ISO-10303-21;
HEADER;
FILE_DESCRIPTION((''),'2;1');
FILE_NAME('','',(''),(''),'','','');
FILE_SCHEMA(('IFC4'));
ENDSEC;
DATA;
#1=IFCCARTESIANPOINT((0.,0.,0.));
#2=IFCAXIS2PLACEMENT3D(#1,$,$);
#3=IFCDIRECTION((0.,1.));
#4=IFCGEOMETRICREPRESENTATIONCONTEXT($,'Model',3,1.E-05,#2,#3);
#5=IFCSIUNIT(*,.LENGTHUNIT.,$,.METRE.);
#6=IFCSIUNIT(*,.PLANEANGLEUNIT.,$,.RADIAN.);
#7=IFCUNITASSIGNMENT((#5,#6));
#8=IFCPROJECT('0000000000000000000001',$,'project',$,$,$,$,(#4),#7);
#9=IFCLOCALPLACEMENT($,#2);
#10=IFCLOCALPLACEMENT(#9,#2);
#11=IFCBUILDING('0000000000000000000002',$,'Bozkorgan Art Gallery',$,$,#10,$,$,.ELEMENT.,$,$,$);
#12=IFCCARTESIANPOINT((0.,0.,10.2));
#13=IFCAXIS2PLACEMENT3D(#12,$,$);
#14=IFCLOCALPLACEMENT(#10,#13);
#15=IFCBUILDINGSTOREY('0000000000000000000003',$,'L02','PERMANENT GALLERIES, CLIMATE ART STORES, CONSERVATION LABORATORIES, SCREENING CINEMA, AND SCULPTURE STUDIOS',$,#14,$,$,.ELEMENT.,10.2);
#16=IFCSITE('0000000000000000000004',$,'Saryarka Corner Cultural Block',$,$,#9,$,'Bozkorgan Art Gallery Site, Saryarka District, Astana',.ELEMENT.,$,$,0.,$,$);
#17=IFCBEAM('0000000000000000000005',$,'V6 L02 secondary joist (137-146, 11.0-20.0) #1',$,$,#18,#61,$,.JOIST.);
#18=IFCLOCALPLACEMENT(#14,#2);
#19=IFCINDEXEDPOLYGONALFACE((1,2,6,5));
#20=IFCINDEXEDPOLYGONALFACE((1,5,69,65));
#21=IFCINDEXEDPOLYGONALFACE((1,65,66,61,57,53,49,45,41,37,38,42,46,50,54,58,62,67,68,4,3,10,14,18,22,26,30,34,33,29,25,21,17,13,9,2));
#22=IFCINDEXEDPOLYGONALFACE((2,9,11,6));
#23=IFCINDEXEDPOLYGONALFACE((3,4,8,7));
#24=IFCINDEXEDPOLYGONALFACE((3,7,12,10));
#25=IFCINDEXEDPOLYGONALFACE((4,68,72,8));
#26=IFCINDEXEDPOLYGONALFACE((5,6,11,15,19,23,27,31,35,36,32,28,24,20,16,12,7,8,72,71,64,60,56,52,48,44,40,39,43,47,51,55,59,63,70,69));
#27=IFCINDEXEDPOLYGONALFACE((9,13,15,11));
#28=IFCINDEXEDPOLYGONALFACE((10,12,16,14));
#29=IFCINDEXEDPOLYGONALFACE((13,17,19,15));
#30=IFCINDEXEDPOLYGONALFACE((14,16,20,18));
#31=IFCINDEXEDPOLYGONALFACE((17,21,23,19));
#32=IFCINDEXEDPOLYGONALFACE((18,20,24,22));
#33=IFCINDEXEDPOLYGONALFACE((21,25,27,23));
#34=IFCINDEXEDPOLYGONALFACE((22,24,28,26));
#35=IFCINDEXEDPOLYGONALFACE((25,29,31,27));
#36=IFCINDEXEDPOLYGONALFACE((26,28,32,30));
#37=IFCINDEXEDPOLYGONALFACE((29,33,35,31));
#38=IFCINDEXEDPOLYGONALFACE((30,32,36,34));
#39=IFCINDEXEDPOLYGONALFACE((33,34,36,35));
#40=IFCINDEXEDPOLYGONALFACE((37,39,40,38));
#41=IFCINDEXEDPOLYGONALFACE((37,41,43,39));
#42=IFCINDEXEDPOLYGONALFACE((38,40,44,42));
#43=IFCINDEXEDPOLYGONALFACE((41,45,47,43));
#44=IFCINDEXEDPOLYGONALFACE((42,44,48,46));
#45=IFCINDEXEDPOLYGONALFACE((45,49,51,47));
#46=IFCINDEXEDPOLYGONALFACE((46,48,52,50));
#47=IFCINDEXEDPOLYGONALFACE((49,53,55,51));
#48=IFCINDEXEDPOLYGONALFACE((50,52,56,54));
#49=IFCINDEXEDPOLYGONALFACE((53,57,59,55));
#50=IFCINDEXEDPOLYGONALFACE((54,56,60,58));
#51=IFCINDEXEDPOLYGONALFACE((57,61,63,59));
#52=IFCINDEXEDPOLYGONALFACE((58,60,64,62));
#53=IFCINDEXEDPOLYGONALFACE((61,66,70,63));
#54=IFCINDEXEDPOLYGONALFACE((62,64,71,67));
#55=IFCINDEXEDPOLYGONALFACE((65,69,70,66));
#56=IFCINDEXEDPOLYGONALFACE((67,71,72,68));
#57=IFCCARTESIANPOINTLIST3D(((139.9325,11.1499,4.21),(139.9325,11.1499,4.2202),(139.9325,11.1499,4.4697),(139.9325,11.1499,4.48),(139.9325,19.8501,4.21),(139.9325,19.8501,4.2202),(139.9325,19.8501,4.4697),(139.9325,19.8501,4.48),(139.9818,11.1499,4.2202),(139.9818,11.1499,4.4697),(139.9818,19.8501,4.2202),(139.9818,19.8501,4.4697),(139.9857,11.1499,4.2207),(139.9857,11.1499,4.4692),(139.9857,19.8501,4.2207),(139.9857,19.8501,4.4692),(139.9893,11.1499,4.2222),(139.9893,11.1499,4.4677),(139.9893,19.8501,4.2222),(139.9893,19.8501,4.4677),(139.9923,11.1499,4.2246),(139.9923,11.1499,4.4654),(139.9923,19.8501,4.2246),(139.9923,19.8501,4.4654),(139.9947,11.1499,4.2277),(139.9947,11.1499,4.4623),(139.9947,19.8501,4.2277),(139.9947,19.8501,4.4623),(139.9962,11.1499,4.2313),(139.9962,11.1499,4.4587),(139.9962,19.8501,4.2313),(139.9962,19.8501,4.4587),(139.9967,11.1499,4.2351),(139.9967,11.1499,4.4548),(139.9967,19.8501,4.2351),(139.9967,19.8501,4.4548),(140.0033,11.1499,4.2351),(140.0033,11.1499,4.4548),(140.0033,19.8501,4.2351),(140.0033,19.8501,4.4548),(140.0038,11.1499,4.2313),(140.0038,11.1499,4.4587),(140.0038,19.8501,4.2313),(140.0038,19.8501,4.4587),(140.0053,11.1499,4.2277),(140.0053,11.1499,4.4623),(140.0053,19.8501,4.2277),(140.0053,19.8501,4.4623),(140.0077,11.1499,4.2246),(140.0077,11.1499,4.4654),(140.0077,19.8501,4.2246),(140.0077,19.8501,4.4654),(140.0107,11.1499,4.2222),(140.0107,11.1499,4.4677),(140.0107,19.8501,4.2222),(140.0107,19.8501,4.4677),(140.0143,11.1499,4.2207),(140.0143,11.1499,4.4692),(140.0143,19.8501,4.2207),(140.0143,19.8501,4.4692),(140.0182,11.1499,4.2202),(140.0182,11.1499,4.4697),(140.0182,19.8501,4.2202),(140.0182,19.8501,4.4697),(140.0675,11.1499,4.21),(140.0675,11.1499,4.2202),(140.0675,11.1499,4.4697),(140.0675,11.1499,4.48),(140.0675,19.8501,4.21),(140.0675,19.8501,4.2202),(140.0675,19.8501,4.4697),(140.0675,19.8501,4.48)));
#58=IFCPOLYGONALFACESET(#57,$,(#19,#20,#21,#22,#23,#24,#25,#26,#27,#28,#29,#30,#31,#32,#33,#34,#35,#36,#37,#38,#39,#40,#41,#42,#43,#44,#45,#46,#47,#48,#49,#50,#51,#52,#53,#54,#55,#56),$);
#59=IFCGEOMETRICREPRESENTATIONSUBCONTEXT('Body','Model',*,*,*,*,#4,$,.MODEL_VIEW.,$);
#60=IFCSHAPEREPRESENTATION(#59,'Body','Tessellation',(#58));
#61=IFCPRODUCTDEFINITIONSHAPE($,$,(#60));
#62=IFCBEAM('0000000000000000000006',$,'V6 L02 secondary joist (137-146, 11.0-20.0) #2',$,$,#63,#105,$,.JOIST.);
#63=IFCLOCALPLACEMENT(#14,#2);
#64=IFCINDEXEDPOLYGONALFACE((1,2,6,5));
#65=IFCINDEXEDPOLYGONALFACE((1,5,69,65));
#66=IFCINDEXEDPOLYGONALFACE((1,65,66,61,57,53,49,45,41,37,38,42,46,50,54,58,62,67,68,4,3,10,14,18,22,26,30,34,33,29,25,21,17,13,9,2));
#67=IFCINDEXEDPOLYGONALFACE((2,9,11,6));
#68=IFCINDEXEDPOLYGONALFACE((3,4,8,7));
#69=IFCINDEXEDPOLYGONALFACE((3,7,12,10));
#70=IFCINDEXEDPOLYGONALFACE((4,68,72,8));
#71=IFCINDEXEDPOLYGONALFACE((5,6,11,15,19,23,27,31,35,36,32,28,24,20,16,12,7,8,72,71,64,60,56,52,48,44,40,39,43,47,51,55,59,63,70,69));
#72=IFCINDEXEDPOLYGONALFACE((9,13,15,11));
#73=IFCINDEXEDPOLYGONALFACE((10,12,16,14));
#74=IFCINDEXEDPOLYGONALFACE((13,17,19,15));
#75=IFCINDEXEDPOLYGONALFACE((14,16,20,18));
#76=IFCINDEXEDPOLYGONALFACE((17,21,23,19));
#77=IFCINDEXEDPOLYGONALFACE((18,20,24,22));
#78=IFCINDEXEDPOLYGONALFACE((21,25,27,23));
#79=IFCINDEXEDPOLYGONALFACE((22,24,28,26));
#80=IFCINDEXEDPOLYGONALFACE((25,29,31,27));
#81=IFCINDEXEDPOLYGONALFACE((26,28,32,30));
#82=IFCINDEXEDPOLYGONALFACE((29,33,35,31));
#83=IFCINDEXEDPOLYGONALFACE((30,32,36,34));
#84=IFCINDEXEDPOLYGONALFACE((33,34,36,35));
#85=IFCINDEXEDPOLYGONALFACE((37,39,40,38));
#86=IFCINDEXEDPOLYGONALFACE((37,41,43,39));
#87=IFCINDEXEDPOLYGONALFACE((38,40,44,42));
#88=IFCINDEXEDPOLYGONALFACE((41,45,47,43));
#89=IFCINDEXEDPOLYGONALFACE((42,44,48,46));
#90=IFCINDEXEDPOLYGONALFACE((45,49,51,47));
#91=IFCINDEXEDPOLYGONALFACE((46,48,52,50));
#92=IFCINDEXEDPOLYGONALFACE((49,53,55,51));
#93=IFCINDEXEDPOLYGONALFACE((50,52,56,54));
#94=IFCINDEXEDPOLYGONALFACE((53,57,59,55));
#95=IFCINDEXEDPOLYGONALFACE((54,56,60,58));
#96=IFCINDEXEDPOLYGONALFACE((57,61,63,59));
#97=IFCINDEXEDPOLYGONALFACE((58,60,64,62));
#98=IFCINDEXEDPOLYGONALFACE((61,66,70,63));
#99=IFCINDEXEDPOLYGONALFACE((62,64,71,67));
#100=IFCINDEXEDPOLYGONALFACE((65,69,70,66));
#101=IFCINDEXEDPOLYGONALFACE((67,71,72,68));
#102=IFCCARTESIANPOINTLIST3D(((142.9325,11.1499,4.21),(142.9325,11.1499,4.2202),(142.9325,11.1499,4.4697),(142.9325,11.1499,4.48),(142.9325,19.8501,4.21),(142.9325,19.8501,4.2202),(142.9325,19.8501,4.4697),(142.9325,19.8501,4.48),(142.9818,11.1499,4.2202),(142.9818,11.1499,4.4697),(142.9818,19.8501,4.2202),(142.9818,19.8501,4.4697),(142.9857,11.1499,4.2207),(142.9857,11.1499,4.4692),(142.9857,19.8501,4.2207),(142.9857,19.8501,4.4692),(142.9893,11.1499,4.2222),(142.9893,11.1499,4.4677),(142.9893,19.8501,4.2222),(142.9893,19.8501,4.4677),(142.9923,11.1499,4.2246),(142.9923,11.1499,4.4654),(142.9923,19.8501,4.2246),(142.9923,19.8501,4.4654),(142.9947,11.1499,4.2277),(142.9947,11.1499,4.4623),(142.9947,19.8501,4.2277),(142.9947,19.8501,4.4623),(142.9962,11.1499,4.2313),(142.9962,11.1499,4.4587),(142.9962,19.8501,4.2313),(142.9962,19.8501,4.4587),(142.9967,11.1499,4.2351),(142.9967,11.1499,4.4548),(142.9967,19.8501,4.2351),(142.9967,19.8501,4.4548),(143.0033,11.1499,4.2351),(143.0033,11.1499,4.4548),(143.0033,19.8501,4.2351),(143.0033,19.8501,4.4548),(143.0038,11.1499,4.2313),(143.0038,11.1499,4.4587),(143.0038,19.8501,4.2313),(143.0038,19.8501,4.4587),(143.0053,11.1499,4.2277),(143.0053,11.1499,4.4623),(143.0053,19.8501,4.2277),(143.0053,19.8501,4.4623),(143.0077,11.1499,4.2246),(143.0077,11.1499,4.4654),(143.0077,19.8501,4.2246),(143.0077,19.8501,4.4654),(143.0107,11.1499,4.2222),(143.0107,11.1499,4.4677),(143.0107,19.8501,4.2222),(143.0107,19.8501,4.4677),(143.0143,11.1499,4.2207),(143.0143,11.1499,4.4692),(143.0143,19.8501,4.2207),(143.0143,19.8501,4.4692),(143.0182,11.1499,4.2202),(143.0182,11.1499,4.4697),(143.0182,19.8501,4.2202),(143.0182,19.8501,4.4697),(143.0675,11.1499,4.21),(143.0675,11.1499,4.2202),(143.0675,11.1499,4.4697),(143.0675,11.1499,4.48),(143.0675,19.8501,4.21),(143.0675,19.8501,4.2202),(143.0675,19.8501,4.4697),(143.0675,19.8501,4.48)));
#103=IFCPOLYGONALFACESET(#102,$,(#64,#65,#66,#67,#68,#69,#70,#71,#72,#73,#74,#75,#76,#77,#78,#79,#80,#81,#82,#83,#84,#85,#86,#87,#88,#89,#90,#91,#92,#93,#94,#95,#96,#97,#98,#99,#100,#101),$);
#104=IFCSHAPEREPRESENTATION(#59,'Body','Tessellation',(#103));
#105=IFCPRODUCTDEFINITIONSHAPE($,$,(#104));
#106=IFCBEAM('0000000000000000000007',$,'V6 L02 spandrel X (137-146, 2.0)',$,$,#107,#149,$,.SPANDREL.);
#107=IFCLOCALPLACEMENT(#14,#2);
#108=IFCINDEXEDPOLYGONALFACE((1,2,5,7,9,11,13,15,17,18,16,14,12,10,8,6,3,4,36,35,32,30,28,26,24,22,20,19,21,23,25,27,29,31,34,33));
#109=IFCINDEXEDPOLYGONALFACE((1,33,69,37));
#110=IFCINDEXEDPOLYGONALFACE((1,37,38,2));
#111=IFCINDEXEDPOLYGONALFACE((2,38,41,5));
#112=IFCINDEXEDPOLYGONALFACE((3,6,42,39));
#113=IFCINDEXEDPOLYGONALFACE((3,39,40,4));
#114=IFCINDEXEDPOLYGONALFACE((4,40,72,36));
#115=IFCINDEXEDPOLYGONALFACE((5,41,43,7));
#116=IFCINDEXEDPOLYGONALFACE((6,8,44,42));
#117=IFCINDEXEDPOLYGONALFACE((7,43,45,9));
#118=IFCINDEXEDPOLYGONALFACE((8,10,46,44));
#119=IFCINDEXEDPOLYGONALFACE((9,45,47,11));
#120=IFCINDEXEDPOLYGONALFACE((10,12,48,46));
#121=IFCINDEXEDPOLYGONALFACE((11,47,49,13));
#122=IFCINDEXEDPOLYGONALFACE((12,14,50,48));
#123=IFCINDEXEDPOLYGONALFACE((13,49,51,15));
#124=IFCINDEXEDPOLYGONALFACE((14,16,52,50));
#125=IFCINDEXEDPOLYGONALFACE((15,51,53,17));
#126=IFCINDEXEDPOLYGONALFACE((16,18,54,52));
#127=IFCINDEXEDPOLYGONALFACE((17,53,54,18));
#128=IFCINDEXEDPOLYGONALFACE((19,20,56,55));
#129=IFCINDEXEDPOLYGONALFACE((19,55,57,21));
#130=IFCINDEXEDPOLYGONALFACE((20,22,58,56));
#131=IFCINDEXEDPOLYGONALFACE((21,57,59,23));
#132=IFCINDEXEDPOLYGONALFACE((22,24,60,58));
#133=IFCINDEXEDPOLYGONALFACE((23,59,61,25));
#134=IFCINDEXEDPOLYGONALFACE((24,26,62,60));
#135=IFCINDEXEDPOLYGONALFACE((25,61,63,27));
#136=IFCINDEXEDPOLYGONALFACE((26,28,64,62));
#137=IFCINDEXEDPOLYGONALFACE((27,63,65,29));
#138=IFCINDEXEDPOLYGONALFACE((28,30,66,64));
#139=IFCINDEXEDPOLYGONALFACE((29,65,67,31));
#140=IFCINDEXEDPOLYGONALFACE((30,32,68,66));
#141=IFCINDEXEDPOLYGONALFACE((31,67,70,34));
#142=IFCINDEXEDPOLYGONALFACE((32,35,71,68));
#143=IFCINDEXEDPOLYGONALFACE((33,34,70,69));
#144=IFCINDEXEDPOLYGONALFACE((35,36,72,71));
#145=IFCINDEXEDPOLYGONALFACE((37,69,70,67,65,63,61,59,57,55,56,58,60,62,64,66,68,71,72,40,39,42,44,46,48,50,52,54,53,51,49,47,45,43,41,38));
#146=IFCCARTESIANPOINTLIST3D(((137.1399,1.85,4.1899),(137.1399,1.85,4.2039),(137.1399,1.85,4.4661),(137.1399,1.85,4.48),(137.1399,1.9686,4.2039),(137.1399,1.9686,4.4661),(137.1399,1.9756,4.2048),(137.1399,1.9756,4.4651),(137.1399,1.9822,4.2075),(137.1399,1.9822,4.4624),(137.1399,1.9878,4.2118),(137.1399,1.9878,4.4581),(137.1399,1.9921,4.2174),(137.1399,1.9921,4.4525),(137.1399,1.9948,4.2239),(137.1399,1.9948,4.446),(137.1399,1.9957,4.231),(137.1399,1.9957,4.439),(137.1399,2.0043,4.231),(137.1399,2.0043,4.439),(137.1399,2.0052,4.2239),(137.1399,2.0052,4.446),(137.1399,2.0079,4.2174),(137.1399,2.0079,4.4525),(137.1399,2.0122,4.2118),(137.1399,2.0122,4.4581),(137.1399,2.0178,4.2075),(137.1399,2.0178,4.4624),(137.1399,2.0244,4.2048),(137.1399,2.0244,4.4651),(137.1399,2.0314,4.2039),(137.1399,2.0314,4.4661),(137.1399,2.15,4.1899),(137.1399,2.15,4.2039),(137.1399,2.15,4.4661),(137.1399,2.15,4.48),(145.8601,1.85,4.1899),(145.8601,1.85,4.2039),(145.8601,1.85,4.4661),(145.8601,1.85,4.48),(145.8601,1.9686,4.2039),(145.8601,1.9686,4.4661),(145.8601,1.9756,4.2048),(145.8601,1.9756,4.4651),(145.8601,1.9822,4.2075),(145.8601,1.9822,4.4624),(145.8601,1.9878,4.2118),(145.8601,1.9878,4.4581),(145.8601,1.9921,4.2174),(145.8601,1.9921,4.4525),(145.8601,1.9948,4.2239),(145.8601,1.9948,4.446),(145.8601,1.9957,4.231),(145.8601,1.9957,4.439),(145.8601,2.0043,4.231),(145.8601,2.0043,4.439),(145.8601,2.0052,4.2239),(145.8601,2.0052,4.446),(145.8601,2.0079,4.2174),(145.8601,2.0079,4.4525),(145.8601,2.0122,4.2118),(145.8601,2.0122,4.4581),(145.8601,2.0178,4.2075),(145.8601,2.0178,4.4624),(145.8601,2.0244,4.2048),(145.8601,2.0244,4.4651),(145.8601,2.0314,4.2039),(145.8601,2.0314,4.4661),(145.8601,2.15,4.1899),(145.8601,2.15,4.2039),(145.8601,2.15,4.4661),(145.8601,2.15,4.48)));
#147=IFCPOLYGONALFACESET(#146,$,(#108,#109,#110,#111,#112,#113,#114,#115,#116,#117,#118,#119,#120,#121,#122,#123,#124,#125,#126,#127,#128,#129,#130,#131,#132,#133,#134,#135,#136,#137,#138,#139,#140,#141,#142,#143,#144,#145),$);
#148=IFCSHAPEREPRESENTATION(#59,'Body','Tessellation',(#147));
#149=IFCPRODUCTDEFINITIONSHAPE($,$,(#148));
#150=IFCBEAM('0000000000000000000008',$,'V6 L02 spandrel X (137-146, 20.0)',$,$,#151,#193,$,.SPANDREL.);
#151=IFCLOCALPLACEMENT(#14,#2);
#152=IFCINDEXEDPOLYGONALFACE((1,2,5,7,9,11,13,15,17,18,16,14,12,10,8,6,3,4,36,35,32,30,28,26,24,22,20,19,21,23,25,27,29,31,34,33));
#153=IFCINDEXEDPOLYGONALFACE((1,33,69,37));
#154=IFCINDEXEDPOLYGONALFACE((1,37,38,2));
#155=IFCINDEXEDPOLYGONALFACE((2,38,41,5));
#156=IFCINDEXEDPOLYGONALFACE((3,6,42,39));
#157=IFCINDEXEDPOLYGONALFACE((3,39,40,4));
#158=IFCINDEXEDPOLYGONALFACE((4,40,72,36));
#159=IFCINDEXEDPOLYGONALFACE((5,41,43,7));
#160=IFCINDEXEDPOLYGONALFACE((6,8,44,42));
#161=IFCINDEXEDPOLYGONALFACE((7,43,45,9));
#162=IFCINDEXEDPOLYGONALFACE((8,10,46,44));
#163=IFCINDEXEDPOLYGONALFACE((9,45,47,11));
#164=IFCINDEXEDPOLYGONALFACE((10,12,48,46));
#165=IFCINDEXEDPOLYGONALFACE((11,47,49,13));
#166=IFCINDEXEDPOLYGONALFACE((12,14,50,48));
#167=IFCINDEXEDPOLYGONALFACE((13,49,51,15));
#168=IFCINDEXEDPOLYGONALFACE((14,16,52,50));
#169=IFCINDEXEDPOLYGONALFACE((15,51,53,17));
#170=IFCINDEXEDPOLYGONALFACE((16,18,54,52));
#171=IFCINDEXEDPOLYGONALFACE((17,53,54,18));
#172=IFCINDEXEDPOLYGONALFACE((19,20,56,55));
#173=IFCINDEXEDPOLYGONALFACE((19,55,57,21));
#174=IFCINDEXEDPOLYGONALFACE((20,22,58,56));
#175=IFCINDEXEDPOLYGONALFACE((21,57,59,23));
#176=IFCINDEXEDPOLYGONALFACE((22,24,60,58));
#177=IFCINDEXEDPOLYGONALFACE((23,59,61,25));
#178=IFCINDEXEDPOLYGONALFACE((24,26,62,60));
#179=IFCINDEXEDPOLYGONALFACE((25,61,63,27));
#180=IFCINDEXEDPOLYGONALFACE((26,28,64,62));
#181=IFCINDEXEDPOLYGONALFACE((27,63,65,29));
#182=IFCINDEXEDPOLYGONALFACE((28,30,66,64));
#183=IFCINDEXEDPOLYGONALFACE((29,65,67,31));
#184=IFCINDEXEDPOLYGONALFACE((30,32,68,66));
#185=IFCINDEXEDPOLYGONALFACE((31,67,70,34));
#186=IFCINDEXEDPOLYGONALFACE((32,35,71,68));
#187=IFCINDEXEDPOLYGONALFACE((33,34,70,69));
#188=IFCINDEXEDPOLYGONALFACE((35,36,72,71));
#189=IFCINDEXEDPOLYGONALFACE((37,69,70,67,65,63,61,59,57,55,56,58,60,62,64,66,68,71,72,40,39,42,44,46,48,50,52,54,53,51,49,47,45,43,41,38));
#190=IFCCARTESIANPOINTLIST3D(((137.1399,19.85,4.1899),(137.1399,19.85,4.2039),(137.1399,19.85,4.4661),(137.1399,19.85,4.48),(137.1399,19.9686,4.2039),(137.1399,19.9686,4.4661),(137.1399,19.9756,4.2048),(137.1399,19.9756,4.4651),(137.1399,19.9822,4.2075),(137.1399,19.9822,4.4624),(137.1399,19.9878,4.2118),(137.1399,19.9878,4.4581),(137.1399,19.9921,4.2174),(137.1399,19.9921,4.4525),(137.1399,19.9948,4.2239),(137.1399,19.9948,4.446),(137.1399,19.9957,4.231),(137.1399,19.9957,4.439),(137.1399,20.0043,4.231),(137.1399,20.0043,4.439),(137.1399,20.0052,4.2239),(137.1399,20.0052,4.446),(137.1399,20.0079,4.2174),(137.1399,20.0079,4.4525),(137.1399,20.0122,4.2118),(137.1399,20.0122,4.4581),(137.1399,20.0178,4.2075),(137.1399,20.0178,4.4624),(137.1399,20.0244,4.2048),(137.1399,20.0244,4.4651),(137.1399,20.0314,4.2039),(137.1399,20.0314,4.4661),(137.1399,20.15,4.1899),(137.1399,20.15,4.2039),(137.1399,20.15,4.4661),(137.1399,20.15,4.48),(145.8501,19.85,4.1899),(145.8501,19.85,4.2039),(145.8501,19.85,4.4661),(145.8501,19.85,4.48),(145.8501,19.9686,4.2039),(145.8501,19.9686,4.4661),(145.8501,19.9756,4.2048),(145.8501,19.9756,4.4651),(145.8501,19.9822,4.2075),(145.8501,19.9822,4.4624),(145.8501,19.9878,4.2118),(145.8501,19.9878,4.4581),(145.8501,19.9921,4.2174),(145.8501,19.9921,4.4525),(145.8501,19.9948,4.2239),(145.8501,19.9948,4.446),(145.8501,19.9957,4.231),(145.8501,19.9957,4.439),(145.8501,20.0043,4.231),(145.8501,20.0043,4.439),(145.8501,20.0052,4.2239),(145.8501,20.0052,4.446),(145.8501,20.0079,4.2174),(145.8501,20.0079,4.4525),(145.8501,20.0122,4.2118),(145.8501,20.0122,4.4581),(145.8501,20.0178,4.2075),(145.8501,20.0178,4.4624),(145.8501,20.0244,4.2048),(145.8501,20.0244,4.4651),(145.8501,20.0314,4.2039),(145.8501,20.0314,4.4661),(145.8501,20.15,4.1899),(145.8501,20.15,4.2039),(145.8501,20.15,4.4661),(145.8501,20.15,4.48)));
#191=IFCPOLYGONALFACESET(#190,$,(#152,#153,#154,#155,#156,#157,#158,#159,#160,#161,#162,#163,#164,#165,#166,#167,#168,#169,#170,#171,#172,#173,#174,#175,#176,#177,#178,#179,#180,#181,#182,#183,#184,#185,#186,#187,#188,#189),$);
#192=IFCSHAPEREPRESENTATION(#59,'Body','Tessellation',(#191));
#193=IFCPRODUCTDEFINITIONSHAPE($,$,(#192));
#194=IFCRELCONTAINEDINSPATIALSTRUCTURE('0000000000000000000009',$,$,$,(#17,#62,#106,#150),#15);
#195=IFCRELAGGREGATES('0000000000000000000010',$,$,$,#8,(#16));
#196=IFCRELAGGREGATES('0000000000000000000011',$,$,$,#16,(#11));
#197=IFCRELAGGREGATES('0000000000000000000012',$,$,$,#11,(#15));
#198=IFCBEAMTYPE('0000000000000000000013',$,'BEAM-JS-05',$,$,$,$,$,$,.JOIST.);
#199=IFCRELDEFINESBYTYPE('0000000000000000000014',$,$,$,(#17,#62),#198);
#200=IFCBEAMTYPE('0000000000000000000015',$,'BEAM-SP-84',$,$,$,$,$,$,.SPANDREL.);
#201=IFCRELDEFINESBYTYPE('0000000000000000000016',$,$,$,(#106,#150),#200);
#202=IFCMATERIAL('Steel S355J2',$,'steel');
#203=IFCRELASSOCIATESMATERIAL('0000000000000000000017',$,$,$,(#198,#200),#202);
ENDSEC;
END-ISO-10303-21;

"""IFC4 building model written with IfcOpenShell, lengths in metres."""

from ifc_helpers import new_model, si_unit, direction, frame, origin, origin_2d, place, context, subcontext, project, spatial, i_section, extrude, material, material_profile, profile_set, type_object, element, save


model = new_model("IFC4")

# Units and contexts
model_context = context("Model", 3, precision=1e-05, world=origin(), true_north=direction((0.0, 1.0)))
body_context = subcontext(model_context, "Body", "Model", "MODEL_VIEW")
ifc_project = project(units=[si_unit("LENGTHUNIT", "METRE"), si_unit("PLANEANGLEUNIT", "RADIAN")], contexts=[model_context])

# Site, building, storey
site_placement = place(None, origin())
site = spatial("IfcSite", under=ifc_project, at=site_placement, Name="Saryarka Corner Cultural Block", LongName="Bozkorgan Art Gallery Site, Saryarka District, Astana", CompositionType="ELEMENT", RefElevation=0.0)
building_placement = place(site_placement, origin())
building = spatial("IfcBuilding", under=site, at=building_placement, Name="Bozkorgan Art Gallery", CompositionType="ELEMENT")
storey_placement = place(building_placement, frame((0.0, 0.0, 10.2)))
storey = spatial("IfcBuildingStorey", under=building, at=storey_placement, Name="L02", Description="PERMANENT GALLERIES, CLIMATE ART STORES, CONSERVATION LABORATORIES, SCREENING CINEMA, AND SCULPTURE STUDIOS", CompositionType="ELEMENT", Elevation=10.2)

# Shared definitions
ifc_material_1 = material(Name="Steel S355J2", Category="steel")

# Beams
ifc_material_profile_1 = material_profile(ifc_material_1, i_section(OverallWidth=0.135, OverallDepth=0.27, WebThickness=0.0066, FlangeThickness=0.0103, FilletRadius=0.0149, at=origin_2d()), Name="IPE 270")
ifc_profile_set_1 = profile_set([ifc_material_profile_1], Name="Steel S355J2")
beam_type_1 = type_object("IfcBeamType", Name="BEAM-JS-05", PredefinedType="JOIST", material=ifc_profile_set_1)
for number, where, z_axis, x_axis, name in (
    (1, (140.0, 11.1499, 4.345), (0.0, 1.0, 0.0), (-1.0, 0.0, 0.0), "V6 L02 secondary joist (137-146, 11.0-20.0) #1"),
    (2, (143.0, 11.1499, 4.345), (0.0, 1.0, 0.0), (-1.0, 0.0, 0.0), "V6 L02 secondary joist (137-146, 11.0-20.0) #2"),
):
    element("IfcBeam", number, at=place(storey_placement, frame(where, z_axis=z_axis, x_axis=x_axis)), inside=storey, type_object=beam_type_1, Name=name, PredefinedType="JOIST", context=body_context, shape_type="SweptSolid", body=[
        extrude(i_section(OverallWidth=0.135, OverallDepth=0.27, WebThickness=0.0066, FlangeThickness=0.0103, FilletRadius=0.0149, at=origin_2d()), origin(), (0.0, 0.0, 1.0), 8.7002),
    ])
ifc_material_profile_2 = material_profile(ifc_material_1, i_section(OverallWidth=0.3, OverallDepth=0.29, WebThickness=0.0085, FlangeThickness=0.0139, FilletRadius=0.0271, at=origin_2d()), Name="HEA 300")
ifc_profile_set_2 = profile_set([ifc_material_profile_2], Name="Steel S355J2")
beam_type_2 = type_object("IfcBeamType", Name="BEAM-SP-84", PredefinedType="SPANDREL", material=ifc_profile_set_2)
beam_1_placement = place(storey_placement, frame((137.1399, 2.0, 4.335), z_axis=(1.0, 0.0, 0.0), x_axis=(0.0, 1.0, 0.0)))
element("IfcBeam", 3, at=beam_1_placement, inside=storey, type_object=beam_type_2, Name="V6 L02 spandrel X (137-146, 2.0)", PredefinedType="SPANDREL", context=body_context, shape_type="SweptSolid", body=[
    extrude(i_section(OverallWidth=0.3, OverallDepth=0.29, WebThickness=0.0085, FlangeThickness=0.0139, FilletRadius=0.0271, at=origin_2d()), origin(), (0.0, 0.0, 1.0), 8.7202),
])
beam_2_placement = place(storey_placement, frame((137.1399, 20.0, 4.335), z_axis=(1.0, 0.0, 0.0), x_axis=(0.0, 1.0, 0.0)))
element("IfcBeam", 4, at=beam_2_placement, inside=storey, type_object=beam_type_2, Name="V6 L02 spandrel X (137-146, 20.0)", PredefinedType="SPANDREL", context=body_context, shape_type="SweptSolid", body=[
    extrude(i_section(OverallWidth=0.3, OverallDepth=0.29, WebThickness=0.0085, FlangeThickness=0.0139, FilletRadius=0.0271, at=origin_2d()), origin(), (0.0, 0.0, 1.0), 8.7102),
])

save(model, "model.ifc")
